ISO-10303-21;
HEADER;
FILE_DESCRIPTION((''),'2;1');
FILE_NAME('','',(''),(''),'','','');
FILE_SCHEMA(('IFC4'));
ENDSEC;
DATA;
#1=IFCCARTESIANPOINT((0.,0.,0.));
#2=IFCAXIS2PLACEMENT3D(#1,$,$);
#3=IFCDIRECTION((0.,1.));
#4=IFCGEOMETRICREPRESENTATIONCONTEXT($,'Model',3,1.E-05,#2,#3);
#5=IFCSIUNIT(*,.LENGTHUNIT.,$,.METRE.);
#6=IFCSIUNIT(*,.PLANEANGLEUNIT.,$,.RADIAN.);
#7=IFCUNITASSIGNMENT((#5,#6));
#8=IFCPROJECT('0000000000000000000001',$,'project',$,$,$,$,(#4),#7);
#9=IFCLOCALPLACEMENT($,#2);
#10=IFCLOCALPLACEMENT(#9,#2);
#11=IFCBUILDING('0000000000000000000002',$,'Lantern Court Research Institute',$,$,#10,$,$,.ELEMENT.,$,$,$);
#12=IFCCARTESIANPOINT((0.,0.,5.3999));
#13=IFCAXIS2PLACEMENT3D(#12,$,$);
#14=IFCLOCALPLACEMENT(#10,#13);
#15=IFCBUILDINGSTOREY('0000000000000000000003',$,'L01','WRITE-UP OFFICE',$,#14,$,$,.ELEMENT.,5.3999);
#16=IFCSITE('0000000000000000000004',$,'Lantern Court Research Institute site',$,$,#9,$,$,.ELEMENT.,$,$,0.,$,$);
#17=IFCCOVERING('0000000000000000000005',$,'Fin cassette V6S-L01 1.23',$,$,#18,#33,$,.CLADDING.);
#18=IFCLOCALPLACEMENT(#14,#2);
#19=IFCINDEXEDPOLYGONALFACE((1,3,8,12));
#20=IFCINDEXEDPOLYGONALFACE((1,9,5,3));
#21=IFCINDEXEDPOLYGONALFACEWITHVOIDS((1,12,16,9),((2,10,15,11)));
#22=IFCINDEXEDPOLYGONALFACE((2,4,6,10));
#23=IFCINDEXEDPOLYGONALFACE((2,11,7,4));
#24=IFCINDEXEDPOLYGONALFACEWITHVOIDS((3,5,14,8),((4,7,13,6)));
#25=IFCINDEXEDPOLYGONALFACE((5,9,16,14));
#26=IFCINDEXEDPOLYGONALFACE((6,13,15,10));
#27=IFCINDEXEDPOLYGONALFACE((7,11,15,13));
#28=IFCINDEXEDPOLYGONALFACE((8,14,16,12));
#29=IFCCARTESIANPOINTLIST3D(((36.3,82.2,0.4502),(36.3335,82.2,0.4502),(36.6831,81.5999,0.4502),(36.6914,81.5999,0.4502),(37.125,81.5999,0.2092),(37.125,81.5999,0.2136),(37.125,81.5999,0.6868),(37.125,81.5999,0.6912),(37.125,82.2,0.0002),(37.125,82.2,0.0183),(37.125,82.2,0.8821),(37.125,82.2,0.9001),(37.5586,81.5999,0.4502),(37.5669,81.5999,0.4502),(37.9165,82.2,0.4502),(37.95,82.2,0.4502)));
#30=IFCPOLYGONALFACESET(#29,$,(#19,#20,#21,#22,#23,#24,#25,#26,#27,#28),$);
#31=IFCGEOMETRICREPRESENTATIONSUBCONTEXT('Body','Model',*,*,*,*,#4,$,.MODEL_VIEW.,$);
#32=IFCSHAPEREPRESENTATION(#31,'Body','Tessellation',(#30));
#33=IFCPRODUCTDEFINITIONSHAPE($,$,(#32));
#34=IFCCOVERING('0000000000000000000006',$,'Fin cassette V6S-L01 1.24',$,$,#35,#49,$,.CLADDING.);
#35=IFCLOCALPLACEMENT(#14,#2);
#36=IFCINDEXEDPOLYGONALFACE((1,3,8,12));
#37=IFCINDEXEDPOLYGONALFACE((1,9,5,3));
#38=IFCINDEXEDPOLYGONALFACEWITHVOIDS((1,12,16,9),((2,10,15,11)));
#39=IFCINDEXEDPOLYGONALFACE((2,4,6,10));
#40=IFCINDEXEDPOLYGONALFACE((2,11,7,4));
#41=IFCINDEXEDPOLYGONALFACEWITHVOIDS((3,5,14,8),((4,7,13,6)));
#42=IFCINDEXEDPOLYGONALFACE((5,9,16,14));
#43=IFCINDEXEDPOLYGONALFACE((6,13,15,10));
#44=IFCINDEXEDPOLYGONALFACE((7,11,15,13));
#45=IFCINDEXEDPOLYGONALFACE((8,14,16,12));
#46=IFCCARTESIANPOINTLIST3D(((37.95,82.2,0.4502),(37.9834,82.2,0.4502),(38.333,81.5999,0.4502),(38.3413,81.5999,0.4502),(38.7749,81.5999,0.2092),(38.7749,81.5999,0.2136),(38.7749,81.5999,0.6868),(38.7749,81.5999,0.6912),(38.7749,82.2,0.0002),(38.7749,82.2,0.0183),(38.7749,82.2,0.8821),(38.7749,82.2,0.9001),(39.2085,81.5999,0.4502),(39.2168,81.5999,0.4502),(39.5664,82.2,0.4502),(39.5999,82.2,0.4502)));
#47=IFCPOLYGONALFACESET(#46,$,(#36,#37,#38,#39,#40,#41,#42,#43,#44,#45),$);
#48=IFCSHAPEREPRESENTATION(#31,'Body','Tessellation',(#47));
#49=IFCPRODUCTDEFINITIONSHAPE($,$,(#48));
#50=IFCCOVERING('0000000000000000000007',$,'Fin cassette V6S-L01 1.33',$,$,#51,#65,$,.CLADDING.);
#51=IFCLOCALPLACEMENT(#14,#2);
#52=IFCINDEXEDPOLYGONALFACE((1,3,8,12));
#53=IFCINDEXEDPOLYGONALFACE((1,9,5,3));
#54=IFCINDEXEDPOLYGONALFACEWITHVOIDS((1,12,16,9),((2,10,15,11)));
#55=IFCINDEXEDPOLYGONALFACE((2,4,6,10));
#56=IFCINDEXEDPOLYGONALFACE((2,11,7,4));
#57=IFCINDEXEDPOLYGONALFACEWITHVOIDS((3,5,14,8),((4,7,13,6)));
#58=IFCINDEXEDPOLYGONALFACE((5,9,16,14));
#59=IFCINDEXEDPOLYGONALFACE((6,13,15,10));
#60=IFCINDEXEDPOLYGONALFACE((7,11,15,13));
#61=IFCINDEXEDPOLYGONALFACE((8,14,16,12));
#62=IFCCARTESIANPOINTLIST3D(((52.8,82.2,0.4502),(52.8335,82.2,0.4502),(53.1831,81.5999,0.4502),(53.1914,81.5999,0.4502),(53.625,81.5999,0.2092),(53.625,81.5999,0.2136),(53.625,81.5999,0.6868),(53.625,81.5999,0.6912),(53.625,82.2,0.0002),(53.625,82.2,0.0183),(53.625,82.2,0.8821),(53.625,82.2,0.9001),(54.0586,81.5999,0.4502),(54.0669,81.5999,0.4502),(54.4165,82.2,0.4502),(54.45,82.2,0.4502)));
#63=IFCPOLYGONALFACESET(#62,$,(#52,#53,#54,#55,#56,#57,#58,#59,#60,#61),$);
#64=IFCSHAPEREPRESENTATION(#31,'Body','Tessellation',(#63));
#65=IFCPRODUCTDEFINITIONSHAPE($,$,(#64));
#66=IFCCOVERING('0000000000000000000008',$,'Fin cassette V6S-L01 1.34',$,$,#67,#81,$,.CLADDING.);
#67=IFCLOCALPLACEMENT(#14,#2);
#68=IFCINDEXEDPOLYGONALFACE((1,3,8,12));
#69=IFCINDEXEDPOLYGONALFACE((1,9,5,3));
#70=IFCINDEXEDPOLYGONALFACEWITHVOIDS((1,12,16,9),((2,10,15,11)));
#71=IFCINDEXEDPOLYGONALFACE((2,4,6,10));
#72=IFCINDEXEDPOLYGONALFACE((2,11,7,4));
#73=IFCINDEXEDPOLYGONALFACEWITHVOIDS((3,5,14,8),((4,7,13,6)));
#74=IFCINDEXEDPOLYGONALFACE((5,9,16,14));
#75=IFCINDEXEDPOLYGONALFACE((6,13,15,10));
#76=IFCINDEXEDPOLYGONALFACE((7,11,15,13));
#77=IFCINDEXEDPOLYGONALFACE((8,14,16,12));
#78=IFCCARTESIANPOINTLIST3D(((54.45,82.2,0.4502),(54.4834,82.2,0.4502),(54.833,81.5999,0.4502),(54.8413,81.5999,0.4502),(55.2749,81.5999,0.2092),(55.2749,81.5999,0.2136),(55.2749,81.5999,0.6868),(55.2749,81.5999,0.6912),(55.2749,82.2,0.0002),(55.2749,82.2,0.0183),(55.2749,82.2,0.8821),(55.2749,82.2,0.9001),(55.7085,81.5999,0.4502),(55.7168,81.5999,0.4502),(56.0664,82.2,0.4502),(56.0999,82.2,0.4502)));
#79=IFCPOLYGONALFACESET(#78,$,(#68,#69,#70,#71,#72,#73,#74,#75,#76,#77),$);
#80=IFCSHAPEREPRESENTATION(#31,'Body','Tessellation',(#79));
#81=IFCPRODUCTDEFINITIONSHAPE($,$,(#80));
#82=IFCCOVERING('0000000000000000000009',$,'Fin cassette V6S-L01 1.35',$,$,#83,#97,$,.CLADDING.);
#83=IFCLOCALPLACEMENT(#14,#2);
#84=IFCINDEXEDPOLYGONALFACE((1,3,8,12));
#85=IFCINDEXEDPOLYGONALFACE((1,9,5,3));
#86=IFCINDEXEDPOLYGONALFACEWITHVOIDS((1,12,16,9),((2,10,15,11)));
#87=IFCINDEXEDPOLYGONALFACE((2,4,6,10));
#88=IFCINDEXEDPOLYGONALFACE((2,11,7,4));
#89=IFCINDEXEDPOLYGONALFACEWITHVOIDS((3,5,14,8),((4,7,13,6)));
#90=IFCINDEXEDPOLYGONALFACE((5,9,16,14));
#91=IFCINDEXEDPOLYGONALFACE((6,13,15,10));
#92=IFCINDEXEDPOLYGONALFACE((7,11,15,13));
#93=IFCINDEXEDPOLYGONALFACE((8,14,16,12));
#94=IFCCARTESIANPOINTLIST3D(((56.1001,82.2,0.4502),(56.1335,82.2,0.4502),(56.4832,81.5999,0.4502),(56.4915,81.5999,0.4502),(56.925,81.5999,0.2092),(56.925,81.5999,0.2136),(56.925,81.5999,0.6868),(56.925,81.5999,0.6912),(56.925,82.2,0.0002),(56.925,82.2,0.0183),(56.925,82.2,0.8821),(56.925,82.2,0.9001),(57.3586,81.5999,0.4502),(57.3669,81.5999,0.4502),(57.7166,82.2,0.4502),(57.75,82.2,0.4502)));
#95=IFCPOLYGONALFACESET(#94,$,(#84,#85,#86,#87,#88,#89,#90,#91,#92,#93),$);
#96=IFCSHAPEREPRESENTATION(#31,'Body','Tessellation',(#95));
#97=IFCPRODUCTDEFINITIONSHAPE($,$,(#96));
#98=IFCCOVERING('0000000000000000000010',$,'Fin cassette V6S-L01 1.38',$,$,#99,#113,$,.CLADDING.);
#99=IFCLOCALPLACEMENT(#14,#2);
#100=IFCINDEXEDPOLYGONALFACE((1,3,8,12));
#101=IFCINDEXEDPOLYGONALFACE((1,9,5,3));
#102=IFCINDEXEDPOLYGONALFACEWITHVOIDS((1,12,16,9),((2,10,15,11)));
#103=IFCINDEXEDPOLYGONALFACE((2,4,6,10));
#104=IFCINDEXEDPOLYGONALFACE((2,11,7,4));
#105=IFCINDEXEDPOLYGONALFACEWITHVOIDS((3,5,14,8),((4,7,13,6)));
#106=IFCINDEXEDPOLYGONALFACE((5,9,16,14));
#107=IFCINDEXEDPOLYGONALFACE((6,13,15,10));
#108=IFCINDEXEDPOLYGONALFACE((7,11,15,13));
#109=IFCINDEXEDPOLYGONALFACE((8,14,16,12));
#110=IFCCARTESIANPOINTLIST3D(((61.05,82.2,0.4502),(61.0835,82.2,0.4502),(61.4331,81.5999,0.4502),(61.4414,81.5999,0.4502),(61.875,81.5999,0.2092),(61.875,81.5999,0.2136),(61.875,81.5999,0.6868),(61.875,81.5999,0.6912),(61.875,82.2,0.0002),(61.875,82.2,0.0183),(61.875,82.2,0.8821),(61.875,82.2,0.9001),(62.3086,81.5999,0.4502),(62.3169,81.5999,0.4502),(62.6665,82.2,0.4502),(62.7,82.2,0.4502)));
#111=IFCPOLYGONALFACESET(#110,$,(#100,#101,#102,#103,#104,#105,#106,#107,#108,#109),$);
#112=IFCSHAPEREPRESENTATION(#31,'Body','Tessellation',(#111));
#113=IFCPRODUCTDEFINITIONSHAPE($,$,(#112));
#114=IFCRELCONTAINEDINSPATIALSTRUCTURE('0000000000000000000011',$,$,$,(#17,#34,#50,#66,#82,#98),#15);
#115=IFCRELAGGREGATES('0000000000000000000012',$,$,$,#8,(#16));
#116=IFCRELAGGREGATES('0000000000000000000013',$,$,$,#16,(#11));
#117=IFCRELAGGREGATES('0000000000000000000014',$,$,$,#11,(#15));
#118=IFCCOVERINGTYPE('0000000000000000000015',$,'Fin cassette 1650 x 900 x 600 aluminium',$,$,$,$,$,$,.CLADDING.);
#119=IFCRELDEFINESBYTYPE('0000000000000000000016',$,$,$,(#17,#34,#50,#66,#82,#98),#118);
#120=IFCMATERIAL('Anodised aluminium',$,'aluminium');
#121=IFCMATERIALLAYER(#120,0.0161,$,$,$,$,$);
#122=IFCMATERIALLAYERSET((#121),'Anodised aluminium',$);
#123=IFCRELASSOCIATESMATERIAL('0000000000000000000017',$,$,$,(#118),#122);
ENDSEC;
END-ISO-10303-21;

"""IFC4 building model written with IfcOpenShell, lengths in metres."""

from ifc_helpers import new_model, entity, si_unit, direction, frame, origin, place, context, subcontext, project, spatial, material, layer, layer_set, type_object, element, save


model = new_model("IFC4")

# Units and contexts
model_context = context("Model", 3, precision=1e-05, world=origin(), true_north=direction((0.0, 1.0)))
body_context = subcontext(model_context, "Body", "Model", "MODEL_VIEW")
ifc_project = project(units=[si_unit("LENGTHUNIT", "METRE"), si_unit("PLANEANGLEUNIT", "RADIAN")], contexts=[model_context])

# Site, building, storey
site_placement = place(None, origin())
site = spatial("IfcSite", under=ifc_project, at=site_placement, Name="Lantern Court Research Institute site", CompositionType="ELEMENT", RefElevation=0.0)
building_placement = place(site_placement, origin())
building = spatial("IfcBuilding", under=site, at=building_placement, Name="Lantern Court Research Institute", CompositionType="ELEMENT")
storey_placement = place(building_placement, frame((0.0, 0.0, 5.3999)))
storey = spatial("IfcBuildingStorey", under=building, at=storey_placement, Name="L01", Description="WRITE-UP OFFICE", CompositionType="ELEMENT", Elevation=5.3999)

# Coverings
ifc_material_1 = material(Name="Anodised aluminium", Category="aluminium")
ifc_layer_1 = layer(ifc_material_1, 0.0161)
ifc_layer_set_1 = layer_set([ifc_layer_1], Name="Anodised aluminium")
covering_type_1 = type_object("IfcCoveringType", Name="Fin cassette 1650 x 900 x 600 aluminium", PredefinedType="CLADDING", material=ifc_layer_set_1)
covering_1_placement = place(storey_placement, frame((37.125, 82.2, 0.4502), z_axis=(0.0, -1.0, 0.0), x_axis=(1.0, 0.0, 0.0)))
cartesian_point_1 = entity("IfcCartesianPoint", [0.825, 0.0])
cartesian_point_2 = entity("IfcCartesianPoint", [0.7915, 0.0])
cartesian_point_3 = entity("IfcCartesianPoint", [0.4419, 0.0])
cartesian_point_4 = entity("IfcCartesianPoint", [0.4336, 0.0])
element("IfcCovering", 1, at=covering_1_placement, inside=storey, type_object=covering_type_1, Name="Fin cassette V6S-L01 1.23", PredefinedType="CLADDING", context=body_context, shape_type="SweptSolid", body=[
    entity("IfcExtrudedAreaSolidTapered", entity("IfcArbitraryProfileDefWithVoids", "AREA", None, entity("IfcPolyline", [cartesian_point_1, entity("IfcCartesianPoint", [0.0, 0.45]), entity("IfcCartesianPoint", [-0.825, 0.0]), entity("IfcCartesianPoint", [0.0, -0.45]), cartesian_point_1]), [entity("IfcPolyline", [cartesian_point_2, entity("IfcCartesianPoint", [0.0, 0.4319]), entity("IfcCartesianPoint", [-0.7915, 0.0]), entity("IfcCartesianPoint", [0.0, -0.4319]), cartesian_point_2])]), entity("IfcAxis2Placement3D", entity("IfcCartesianPoint", [0.0, 0.0, 0.0])), entity("IfcDirection", [0.0, 0.0, 1.0]), 0.6001, entity("IfcArbitraryProfileDefWithVoids", "AREA", None, entity("IfcPolyline", [cartesian_point_3, entity("IfcCartesianPoint", [0.0, 0.241]), entity("IfcCartesianPoint", [-0.4419, 0.0]), entity("IfcCartesianPoint", [0.0, -0.241]), cartesian_point_3]), [entity("IfcPolyline", [cartesian_point_4, entity("IfcCartesianPoint", [0.0, 0.2366]), entity("IfcCartesianPoint", [-0.4336, 0.0]), entity("IfcCartesianPoint", [0.0, -0.2366]), cartesian_point_4])])),
])
covering_2_placement = place(storey_placement, frame((38.7749, 82.2, 0.4502), z_axis=(0.0, -1.0, 0.0), x_axis=(1.0, 0.0, 0.0)))
cartesian_point_5 = entity("IfcCartesianPoint", [0.825, 0.0])
cartesian_point_6 = entity("IfcCartesianPoint", [0.7915, 0.0])
cartesian_point_7 = entity("IfcCartesianPoint", [0.4419, 0.0])
cartesian_point_8 = entity("IfcCartesianPoint", [0.4336, 0.0])
element("IfcCovering", 2, at=covering_2_placement, inside=storey, type_object=covering_type_1, Name="Fin cassette V6S-L01 1.24", PredefinedType="CLADDING", context=body_context, shape_type="SweptSolid", body=[
    entity("IfcExtrudedAreaSolidTapered", entity("IfcArbitraryProfileDefWithVoids", "AREA", None, entity("IfcPolyline", [cartesian_point_5, entity("IfcCartesianPoint", [0.0, 0.45]), entity("IfcCartesianPoint", [-0.825, 0.0]), entity("IfcCartesianPoint", [0.0, -0.45]), cartesian_point_5]), [entity("IfcPolyline", [cartesian_point_6, entity("IfcCartesianPoint", [0.0, 0.4319]), entity("IfcCartesianPoint", [-0.7915, 0.0]), entity("IfcCartesianPoint", [0.0, -0.4319]), cartesian_point_6])]), entity("IfcAxis2Placement3D", entity("IfcCartesianPoint", [0.0, 0.0, 0.0])), entity("IfcDirection", [0.0, 0.0, 1.0]), 0.6001, entity("IfcArbitraryProfileDefWithVoids", "AREA", None, entity("IfcPolyline", [cartesian_point_7, entity("IfcCartesianPoint", [0.0, 0.241]), entity("IfcCartesianPoint", [-0.4419, 0.0]), entity("IfcCartesianPoint", [0.0, -0.241]), cartesian_point_7]), [entity("IfcPolyline", [cartesian_point_8, entity("IfcCartesianPoint", [0.0, 0.2366]), entity("IfcCartesianPoint", [-0.4336, 0.0]), entity("IfcCartesianPoint", [0.0, -0.2366]), cartesian_point_8])])),
])
covering_3_placement = place(storey_placement, frame((53.625, 82.2, 0.4502), z_axis=(0.0, -1.0, 0.0), x_axis=(1.0, 0.0, 0.0)))
cartesian_point_9 = entity("IfcCartesianPoint", [0.825, 0.0])
cartesian_point_10 = entity("IfcCartesianPoint", [0.7915, 0.0])
cartesian_point_11 = entity("IfcCartesianPoint", [0.4419, 0.0])
cartesian_point_12 = entity("IfcCartesianPoint", [0.4336, 0.0])
element("IfcCovering", 3, at=covering_3_placement, inside=storey, type_object=covering_type_1, Name="Fin cassette V6S-L01 1.33", PredefinedType="CLADDING", context=body_context, shape_type="SweptSolid", body=[
    entity("IfcExtrudedAreaSolidTapered", entity("IfcArbitraryProfileDefWithVoids", "AREA", None, entity("IfcPolyline", [cartesian_point_9, entity("IfcCartesianPoint", [0.0, 0.45]), entity("IfcCartesianPoint", [-0.825, 0.0]), entity("IfcCartesianPoint", [0.0, -0.45]), cartesian_point_9]), [entity("IfcPolyline", [cartesian_point_10, entity("IfcCartesianPoint", [0.0, 0.4319]), entity("IfcCartesianPoint", [-0.7915, 0.0]), entity("IfcCartesianPoint", [0.0, -0.4319]), cartesian_point_10])]), entity("IfcAxis2Placement3D", entity("IfcCartesianPoint", [0.0, 0.0, 0.0])), entity("IfcDirection", [0.0, 0.0, 1.0]), 0.6001, entity("IfcArbitraryProfileDefWithVoids", "AREA", None, entity("IfcPolyline", [cartesian_point_11, entity("IfcCartesianPoint", [0.0, 0.241]), entity("IfcCartesianPoint", [-0.4419, 0.0]), entity("IfcCartesianPoint", [0.0, -0.241]), cartesian_point_11]), [entity("IfcPolyline", [cartesian_point_12, entity("IfcCartesianPoint", [0.0, 0.2366]), entity("IfcCartesianPoint", [-0.4336, 0.0]), entity("IfcCartesianPoint", [0.0, -0.2366]), cartesian_point_12])])),
])
covering_4_placement = place(storey_placement, frame((55.2749, 82.2, 0.4502), z_axis=(0.0, -1.0, 0.0), x_axis=(1.0, 0.0, 0.0)))
cartesian_point_13 = entity("IfcCartesianPoint", [0.825, 0.0])
cartesian_point_14 = entity("IfcCartesianPoint", [0.7915, 0.0])
cartesian_point_15 = entity("IfcCartesianPoint", [0.4419, 0.0])
cartesian_point_16 = entity("IfcCartesianPoint", [0.4336, 0.0])
element("IfcCovering", 4, at=covering_4_placement, inside=storey, type_object=covering_type_1, Name="Fin cassette V6S-L01 1.34", PredefinedType="CLADDING", context=body_context, shape_type="SweptSolid", body=[
    entity("IfcExtrudedAreaSolidTapered", entity("IfcArbitraryProfileDefWithVoids", "AREA", None, entity("IfcPolyline", [cartesian_point_13, entity("IfcCartesianPoint", [0.0, 0.45]), entity("IfcCartesianPoint", [-0.825, 0.0]), entity("IfcCartesianPoint", [0.0, -0.45]), cartesian_point_13]), [entity("IfcPolyline", [cartesian_point_14, entity("IfcCartesianPoint", [0.0, 0.4319]), entity("IfcCartesianPoint", [-0.7915, 0.0]), entity("IfcCartesianPoint", [0.0, -0.4319]), cartesian_point_14])]), entity("IfcAxis2Placement3D", entity("IfcCartesianPoint", [0.0, 0.0, 0.0])), entity("IfcDirection", [0.0, 0.0, 1.0]), 0.6001, entity("IfcArbitraryProfileDefWithVoids", "AREA", None, entity("IfcPolyline", [cartesian_point_15, entity("IfcCartesianPoint", [0.0, 0.241]), entity("IfcCartesianPoint", [-0.4419, 0.0]), entity("IfcCartesianPoint", [0.0, -0.241]), cartesian_point_15]), [entity("IfcPolyline", [cartesian_point_16, entity("IfcCartesianPoint", [0.0, 0.2366]), entity("IfcCartesianPoint", [-0.4336, 0.0]), entity("IfcCartesianPoint", [0.0, -0.2366]), cartesian_point_16])])),
])
covering_5_placement = place(storey_placement, frame((56.925, 82.2, 0.4502), z_axis=(0.0, -1.0, 0.0), x_axis=(1.0, 0.0, 0.0)))
cartesian_point_17 = entity("IfcCartesianPoint", [0.825, 0.0])
cartesian_point_18 = entity("IfcCartesianPoint", [0.7915, 0.0])
cartesian_point_19 = entity("IfcCartesianPoint", [0.4419, 0.0])
cartesian_point_20 = entity("IfcCartesianPoint", [0.4336, 0.0])
element("IfcCovering", 5, at=covering_5_placement, inside=storey, type_object=covering_type_1, Name="Fin cassette V6S-L01 1.35", PredefinedType="CLADDING", context=body_context, shape_type="SweptSolid", body=[
    entity("IfcExtrudedAreaSolidTapered", entity("IfcArbitraryProfileDefWithVoids", "AREA", None, entity("IfcPolyline", [cartesian_point_17, entity("IfcCartesianPoint", [0.0, 0.45]), entity("IfcCartesianPoint", [-0.825, 0.0]), entity("IfcCartesianPoint", [0.0, -0.45]), cartesian_point_17]), [entity("IfcPolyline", [cartesian_point_18, entity("IfcCartesianPoint", [0.0, 0.4319]), entity("IfcCartesianPoint", [-0.7915, 0.0]), entity("IfcCartesianPoint", [0.0, -0.4319]), cartesian_point_18])]), entity("IfcAxis2Placement3D", entity("IfcCartesianPoint", [0.0, 0.0, 0.0])), entity("IfcDirection", [0.0, 0.0, 1.0]), 0.6001, entity("IfcArbitraryProfileDefWithVoids", "AREA", None, entity("IfcPolyline", [cartesian_point_19, entity("IfcCartesianPoint", [0.0, 0.241]), entity("IfcCartesianPoint", [-0.4419, 0.0]), entity("IfcCartesianPoint", [0.0, -0.241]), cartesian_point_19]), [entity("IfcPolyline", [cartesian_point_20, entity("IfcCartesianPoint", [0.0, 0.2366]), entity("IfcCartesianPoint", [-0.4336, 0.0]), entity("IfcCartesianPoint", [0.0, -0.2366]), cartesian_point_20])])),
])
covering_6_placement = place(storey_placement, frame((61.875, 82.2, 0.4502), z_axis=(0.0, -1.0, 0.0), x_axis=(1.0, 0.0, 0.0)))
cartesian_point_21 = entity("IfcCartesianPoint", [0.825, 0.0])
cartesian_point_22 = entity("IfcCartesianPoint", [0.7915, 0.0])
cartesian_point_23 = entity("IfcCartesianPoint", [0.4419, 0.0])
cartesian_point_24 = entity("IfcCartesianPoint", [0.4336, 0.0])
element("IfcCovering", 6, at=covering_6_placement, inside=storey, type_object=covering_type_1, Name="Fin cassette V6S-L01 1.38", PredefinedType="CLADDING", context=body_context, shape_type="SweptSolid", body=[
    entity("IfcExtrudedAreaSolidTapered", entity("IfcArbitraryProfileDefWithVoids", "AREA", None, entity("IfcPolyline", [cartesian_point_21, entity("IfcCartesianPoint", [0.0, 0.45]), entity("IfcCartesianPoint", [-0.825, 0.0]), entity("IfcCartesianPoint", [0.0, -0.45]), cartesian_point_21]), [entity("IfcPolyline", [cartesian_point_22, entity("IfcCartesianPoint", [0.0, 0.4319]), entity("IfcCartesianPoint", [-0.7915, 0.0]), entity("IfcCartesianPoint", [0.0, -0.4319]), cartesian_point_22])]), entity("IfcAxis2Placement3D", entity("IfcCartesianPoint", [0.0, 0.0, 0.0])), entity("IfcDirection", [0.0, 0.0, 1.0]), 0.6001, entity("IfcArbitraryProfileDefWithVoids", "AREA", None, entity("IfcPolyline", [cartesian_point_23, entity("IfcCartesianPoint", [0.0, 0.241]), entity("IfcCartesianPoint", [-0.4419, 0.0]), entity("IfcCartesianPoint", [0.0, -0.241]), cartesian_point_23]), [entity("IfcPolyline", [cartesian_point_24, entity("IfcCartesianPoint", [0.0, 0.2366]), entity("IfcCartesianPoint", [-0.4336, 0.0]), entity("IfcCartesianPoint", [0.0, -0.2366]), cartesian_point_24])])),
])

save(model, "model.ifc")
